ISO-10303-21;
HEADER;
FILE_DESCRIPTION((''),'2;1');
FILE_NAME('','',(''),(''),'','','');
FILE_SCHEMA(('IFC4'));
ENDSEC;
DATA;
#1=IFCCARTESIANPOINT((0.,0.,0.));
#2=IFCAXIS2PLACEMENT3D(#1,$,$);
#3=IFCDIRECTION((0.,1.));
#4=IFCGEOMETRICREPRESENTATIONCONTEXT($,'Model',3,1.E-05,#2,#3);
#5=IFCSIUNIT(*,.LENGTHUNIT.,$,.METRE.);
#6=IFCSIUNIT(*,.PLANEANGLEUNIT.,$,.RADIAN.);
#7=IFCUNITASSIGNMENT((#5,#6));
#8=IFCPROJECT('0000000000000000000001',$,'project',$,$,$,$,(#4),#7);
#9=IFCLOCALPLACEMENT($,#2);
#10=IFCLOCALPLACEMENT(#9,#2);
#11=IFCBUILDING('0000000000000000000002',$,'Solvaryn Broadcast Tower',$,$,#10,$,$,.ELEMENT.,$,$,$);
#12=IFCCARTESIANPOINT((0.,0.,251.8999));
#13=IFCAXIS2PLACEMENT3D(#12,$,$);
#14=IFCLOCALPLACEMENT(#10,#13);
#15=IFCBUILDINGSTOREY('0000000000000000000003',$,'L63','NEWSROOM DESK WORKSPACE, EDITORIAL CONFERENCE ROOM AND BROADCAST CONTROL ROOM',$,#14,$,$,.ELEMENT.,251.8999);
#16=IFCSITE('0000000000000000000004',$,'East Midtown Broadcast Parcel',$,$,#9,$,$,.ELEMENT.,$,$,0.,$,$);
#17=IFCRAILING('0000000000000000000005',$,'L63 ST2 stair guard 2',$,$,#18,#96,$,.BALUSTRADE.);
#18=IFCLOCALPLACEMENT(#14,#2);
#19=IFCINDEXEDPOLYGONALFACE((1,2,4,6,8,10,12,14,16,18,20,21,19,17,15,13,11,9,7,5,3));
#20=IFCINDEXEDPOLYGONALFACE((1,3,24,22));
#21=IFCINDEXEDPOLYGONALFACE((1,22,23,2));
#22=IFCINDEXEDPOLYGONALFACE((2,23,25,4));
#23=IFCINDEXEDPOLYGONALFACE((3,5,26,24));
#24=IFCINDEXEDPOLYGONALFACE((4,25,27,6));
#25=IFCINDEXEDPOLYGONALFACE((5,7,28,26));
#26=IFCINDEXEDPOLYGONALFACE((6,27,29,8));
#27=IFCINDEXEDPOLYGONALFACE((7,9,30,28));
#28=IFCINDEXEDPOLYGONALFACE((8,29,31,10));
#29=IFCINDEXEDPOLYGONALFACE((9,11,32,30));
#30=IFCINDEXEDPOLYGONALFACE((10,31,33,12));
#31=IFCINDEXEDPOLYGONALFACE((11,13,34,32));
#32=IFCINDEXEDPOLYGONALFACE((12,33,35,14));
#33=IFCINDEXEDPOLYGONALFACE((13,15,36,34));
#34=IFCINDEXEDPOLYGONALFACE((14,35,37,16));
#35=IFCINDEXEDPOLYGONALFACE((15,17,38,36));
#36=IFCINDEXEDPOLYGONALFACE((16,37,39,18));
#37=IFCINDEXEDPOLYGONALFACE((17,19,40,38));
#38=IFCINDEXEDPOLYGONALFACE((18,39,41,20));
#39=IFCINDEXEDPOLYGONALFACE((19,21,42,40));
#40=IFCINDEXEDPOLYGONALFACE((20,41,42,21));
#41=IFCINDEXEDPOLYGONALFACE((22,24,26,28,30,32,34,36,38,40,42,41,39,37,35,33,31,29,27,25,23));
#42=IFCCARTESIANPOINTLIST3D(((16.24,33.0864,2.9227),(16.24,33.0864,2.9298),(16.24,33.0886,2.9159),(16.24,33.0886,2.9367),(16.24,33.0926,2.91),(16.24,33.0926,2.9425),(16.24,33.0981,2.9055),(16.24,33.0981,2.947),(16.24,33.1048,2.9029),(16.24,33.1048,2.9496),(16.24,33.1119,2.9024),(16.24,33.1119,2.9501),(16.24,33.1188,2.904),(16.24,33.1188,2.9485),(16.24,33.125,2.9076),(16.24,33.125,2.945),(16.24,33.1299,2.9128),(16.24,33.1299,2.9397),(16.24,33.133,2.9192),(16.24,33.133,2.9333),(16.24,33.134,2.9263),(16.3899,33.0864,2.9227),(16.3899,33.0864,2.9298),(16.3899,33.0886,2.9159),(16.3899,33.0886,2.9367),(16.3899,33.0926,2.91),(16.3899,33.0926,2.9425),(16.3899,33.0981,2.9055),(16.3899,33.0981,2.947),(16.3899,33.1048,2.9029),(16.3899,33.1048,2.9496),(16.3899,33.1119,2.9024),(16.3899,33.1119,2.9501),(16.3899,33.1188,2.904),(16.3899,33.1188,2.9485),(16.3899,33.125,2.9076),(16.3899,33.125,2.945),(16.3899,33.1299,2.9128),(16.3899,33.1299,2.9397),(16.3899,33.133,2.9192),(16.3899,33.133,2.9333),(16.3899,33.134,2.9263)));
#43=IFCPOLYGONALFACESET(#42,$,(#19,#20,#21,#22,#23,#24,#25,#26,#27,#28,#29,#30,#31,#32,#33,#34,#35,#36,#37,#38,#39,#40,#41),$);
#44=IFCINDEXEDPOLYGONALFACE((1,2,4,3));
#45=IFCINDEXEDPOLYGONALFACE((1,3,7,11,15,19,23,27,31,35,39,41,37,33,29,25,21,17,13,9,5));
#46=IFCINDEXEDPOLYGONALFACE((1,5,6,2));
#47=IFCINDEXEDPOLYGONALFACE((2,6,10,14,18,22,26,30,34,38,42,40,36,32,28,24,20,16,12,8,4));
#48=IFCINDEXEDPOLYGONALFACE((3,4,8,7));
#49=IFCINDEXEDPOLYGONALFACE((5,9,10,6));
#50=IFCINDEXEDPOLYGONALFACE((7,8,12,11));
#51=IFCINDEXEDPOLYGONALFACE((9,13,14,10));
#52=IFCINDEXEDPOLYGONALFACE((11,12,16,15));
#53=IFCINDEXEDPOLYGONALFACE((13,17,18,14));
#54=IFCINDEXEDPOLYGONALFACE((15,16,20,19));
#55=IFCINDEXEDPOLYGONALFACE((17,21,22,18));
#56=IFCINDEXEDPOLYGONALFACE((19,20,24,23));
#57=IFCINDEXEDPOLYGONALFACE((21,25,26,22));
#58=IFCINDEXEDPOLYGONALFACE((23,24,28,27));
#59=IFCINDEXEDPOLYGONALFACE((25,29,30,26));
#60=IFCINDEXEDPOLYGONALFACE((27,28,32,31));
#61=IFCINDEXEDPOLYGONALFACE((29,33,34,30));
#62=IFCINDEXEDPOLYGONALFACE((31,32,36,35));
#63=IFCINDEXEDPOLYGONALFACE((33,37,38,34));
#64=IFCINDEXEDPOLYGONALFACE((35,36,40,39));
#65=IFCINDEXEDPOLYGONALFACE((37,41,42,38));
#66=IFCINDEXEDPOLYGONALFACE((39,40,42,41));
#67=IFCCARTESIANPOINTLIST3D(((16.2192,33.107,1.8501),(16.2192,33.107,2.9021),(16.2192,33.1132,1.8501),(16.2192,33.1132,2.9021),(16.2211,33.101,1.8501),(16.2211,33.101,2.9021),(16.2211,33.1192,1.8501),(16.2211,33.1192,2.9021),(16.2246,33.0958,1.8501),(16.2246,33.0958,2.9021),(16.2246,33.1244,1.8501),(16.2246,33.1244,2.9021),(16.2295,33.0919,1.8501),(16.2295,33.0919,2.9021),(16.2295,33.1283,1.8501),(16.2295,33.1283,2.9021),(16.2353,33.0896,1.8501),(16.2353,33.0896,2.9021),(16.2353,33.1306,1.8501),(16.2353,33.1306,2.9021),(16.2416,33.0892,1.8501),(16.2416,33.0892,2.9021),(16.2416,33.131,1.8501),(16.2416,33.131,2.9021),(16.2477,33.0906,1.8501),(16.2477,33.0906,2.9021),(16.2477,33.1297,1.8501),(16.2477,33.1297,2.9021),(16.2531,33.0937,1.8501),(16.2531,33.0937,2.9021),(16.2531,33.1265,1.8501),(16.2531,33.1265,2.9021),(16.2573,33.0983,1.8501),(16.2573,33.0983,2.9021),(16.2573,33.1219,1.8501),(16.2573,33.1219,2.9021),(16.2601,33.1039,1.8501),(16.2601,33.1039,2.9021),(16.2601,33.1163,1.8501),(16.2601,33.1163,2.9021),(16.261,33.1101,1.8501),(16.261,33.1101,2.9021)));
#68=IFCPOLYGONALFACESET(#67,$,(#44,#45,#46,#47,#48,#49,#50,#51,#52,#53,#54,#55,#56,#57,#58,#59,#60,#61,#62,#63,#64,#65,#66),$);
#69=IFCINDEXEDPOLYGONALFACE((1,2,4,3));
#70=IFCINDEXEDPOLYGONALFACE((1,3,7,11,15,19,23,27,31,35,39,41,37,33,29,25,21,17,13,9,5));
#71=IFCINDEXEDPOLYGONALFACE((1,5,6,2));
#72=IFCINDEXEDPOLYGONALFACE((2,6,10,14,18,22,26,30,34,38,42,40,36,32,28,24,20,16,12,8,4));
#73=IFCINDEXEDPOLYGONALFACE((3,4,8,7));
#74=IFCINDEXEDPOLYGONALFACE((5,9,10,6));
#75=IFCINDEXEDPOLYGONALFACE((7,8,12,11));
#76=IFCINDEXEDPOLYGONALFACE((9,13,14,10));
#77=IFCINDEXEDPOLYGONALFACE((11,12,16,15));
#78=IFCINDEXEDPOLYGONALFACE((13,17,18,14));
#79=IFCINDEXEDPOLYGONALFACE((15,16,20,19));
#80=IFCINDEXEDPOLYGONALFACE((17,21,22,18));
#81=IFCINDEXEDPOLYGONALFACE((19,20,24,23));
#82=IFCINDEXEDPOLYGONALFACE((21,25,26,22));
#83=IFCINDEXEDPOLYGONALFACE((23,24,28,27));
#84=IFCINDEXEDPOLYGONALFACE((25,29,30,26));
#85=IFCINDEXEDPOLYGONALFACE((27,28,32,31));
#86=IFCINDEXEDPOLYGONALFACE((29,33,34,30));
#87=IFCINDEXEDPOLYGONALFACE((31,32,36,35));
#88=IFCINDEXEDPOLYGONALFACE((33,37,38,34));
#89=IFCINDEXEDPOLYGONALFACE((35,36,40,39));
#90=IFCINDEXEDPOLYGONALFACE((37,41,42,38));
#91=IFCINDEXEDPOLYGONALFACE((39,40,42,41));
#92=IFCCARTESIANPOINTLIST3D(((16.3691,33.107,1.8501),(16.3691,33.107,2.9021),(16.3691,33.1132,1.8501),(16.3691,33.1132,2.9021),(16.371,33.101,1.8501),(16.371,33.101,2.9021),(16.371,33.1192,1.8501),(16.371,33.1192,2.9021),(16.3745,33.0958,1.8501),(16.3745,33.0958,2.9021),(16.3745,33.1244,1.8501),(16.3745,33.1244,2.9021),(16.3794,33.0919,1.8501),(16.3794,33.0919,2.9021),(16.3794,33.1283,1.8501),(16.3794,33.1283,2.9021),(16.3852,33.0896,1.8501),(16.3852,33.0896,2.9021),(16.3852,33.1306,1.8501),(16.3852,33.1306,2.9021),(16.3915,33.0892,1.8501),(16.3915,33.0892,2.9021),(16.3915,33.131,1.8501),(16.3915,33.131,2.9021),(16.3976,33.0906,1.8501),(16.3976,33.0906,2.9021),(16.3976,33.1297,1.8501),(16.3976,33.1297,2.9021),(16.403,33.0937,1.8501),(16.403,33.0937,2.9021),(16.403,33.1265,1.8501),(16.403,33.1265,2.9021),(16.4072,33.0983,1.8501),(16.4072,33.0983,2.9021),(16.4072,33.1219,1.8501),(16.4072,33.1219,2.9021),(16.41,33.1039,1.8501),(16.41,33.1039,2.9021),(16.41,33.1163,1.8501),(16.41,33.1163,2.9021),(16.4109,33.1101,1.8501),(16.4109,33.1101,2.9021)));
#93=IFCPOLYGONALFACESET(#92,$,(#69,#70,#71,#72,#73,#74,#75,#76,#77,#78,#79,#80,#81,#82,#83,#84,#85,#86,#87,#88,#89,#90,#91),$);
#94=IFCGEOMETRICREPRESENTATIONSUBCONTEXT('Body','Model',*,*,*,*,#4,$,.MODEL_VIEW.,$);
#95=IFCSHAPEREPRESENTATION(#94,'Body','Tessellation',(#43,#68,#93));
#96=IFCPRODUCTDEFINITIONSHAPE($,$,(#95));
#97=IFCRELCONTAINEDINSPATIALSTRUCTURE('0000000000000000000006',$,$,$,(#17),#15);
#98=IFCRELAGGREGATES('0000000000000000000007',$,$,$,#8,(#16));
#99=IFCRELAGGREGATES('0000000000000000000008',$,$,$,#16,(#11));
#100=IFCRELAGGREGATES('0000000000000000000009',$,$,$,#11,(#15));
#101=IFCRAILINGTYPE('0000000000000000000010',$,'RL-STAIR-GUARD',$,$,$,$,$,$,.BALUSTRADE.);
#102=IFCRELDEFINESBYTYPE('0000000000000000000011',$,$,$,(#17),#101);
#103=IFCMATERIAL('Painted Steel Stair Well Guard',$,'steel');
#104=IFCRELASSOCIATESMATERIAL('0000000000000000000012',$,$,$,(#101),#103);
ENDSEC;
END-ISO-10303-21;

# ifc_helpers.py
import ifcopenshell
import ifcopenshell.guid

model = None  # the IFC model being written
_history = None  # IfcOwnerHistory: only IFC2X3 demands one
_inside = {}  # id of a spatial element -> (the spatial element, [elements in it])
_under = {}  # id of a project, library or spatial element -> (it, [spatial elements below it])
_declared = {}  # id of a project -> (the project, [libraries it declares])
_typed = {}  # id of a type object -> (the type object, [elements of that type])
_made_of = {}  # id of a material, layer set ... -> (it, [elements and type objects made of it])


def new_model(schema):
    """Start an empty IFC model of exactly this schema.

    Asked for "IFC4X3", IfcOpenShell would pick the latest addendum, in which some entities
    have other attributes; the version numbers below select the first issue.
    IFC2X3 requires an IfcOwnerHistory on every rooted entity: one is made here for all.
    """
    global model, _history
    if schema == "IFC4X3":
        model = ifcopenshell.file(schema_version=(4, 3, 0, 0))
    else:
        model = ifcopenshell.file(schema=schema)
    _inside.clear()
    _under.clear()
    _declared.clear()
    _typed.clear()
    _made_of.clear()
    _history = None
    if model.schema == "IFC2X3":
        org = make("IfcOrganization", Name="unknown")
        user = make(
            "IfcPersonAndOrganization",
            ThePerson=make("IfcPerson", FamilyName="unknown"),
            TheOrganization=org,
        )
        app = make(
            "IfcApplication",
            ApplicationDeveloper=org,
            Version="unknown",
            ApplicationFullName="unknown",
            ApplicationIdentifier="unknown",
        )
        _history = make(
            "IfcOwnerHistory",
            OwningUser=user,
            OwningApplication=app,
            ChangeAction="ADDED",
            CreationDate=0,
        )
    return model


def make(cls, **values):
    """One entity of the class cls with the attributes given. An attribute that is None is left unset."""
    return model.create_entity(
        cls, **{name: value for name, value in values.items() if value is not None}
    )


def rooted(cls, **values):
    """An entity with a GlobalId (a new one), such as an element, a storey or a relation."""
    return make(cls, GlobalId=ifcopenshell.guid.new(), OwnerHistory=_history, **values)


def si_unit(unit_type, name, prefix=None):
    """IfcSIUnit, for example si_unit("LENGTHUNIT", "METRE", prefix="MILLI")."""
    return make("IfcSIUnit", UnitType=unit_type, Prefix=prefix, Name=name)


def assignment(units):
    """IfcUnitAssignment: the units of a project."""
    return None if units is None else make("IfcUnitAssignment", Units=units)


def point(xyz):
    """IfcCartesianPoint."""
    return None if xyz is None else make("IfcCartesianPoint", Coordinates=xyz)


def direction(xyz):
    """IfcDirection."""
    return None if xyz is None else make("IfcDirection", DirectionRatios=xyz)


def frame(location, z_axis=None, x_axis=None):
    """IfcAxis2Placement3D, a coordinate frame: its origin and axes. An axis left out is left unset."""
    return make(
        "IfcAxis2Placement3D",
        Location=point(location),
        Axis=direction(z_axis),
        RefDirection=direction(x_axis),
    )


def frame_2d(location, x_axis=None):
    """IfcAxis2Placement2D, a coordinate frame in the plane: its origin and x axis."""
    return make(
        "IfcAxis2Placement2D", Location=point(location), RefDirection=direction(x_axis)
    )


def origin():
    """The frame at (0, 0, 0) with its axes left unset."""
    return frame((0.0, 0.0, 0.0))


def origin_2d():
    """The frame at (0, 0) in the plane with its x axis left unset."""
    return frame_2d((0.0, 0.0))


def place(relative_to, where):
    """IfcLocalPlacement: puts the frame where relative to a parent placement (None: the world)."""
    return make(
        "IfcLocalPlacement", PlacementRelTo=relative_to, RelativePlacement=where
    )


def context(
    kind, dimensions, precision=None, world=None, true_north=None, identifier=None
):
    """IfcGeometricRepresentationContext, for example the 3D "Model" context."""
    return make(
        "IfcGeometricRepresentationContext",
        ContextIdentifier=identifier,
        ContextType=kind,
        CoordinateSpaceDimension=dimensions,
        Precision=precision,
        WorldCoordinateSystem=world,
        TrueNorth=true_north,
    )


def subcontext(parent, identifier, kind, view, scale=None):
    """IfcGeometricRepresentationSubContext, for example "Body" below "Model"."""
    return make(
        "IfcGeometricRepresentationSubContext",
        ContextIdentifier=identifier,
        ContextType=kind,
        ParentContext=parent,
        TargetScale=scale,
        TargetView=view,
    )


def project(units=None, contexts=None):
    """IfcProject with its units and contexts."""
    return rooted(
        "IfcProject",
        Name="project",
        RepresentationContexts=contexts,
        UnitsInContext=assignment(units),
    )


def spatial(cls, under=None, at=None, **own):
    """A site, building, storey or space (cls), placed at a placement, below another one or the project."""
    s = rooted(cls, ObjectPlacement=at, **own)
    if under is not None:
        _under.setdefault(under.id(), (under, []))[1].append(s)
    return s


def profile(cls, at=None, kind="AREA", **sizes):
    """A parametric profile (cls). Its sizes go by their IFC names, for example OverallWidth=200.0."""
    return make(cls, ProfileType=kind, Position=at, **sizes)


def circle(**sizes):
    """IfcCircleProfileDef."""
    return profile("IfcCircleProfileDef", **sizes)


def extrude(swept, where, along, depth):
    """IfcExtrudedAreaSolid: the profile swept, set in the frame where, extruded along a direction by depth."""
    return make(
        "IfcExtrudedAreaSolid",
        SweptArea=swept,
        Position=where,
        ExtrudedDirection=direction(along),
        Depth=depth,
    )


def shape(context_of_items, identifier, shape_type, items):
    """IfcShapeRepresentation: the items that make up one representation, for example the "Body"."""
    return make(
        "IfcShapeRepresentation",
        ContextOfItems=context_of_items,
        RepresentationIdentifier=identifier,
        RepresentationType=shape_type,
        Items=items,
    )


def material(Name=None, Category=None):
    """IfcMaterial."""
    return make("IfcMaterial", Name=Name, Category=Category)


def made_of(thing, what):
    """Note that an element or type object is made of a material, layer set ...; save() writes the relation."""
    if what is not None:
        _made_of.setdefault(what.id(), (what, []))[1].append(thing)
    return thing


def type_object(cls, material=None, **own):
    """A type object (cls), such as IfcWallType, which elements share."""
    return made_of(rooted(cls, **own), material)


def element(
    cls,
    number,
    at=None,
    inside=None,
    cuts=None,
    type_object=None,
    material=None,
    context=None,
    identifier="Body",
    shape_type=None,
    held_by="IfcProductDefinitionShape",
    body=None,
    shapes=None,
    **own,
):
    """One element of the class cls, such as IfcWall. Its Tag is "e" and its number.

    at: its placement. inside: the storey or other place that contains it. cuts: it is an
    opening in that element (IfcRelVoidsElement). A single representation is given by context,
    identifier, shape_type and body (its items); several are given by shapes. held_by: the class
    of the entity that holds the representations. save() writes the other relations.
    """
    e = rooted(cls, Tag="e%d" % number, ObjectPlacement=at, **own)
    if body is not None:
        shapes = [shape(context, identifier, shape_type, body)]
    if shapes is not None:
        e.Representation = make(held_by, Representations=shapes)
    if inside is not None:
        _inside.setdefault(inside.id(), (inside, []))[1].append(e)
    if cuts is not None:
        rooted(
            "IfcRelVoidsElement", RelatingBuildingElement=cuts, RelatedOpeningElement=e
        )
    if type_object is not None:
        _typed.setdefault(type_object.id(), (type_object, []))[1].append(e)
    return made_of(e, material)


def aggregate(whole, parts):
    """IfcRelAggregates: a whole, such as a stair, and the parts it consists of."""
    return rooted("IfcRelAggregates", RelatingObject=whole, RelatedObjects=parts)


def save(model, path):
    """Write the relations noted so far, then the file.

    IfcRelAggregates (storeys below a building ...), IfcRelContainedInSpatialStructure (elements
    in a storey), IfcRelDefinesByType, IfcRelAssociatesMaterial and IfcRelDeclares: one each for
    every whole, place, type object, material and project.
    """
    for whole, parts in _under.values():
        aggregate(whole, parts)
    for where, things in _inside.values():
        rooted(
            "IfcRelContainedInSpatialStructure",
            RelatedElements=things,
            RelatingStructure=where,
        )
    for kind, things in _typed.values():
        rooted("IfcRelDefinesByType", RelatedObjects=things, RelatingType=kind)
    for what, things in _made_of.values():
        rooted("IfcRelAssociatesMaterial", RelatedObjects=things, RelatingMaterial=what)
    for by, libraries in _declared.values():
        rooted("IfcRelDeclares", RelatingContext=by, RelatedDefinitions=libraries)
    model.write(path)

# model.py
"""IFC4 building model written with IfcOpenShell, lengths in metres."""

from ifc_helpers import new_model, si_unit, direction, frame, origin, origin_2d, place, context, subcontext, project, spatial, circle, extrude, material, type_object, element, save


model = new_model("IFC4")

# Units and contexts
model_context = context("Model", 3, precision=1e-05, world=origin(), true_north=direction((0.0, 1.0)))
body_context = subcontext(model_context, "Body", "Model", "MODEL_VIEW")
ifc_project = project(units=[si_unit("LENGTHUNIT", "METRE"), si_unit("PLANEANGLEUNIT", "RADIAN")], contexts=[model_context])

# Site, building, storey
site_placement = place(None, origin())
site = spatial("IfcSite", under=ifc_project, at=site_placement, Name="East Midtown Broadcast Parcel", CompositionType="ELEMENT", RefElevation=0.0)
building_placement = place(site_placement, origin())
building = spatial("IfcBuilding", under=site, at=building_placement, Name="Solvaryn Broadcast Tower", CompositionType="ELEMENT")
storey_placement = place(building_placement, frame((0.0, 0.0, 251.8999)))
storey = spatial("IfcBuildingStorey", under=building, at=storey_placement, Name="L63", Description="NEWSROOM DESK WORKSPACE, EDITORIAL CONFERENCE ROOM AND BROADCAST CONTROL ROOM", CompositionType="ELEMENT", Elevation=251.8999)

# Railing
ifc_material_1 = material(Name="Painted Steel Stair Well Guard", Category="steel")
railing_type_1 = type_object("IfcRailingType", Name="RL-STAIR-GUARD", PredefinedType="BALUSTRADE", material=ifc_material_1)
railing_1_placement = place(storey_placement, frame((16.24, 33.1101, 1.8501)))
element("IfcRailing", 1, at=railing_1_placement, inside=storey, type_object=railing_type_1, Name="L63 ST2 stair guard 2", PredefinedType="BALUSTRADE", context=body_context, shape_type="SweptSolid", body=[
    extrude(circle(Radius=0.0239, at=origin_2d()), frame((0.0, 0.0, 1.0762), z_axis=(1.0, 0.0, 0.0), x_axis=(0.0, 1.0, 0.0)), (0.0, 0.0, 1.0), 0.1499),
    extrude(circle(Radius=0.021, at=origin_2d()), origin(), (0.0, 0.0, 1.0), 1.052),
    extrude(circle(Radius=0.021, at=origin_2d()), frame((0.1499, 0.0, 0.0)), (0.0, 0.0, 1.0), 1.052),
])

save(model, "model.ifc")
